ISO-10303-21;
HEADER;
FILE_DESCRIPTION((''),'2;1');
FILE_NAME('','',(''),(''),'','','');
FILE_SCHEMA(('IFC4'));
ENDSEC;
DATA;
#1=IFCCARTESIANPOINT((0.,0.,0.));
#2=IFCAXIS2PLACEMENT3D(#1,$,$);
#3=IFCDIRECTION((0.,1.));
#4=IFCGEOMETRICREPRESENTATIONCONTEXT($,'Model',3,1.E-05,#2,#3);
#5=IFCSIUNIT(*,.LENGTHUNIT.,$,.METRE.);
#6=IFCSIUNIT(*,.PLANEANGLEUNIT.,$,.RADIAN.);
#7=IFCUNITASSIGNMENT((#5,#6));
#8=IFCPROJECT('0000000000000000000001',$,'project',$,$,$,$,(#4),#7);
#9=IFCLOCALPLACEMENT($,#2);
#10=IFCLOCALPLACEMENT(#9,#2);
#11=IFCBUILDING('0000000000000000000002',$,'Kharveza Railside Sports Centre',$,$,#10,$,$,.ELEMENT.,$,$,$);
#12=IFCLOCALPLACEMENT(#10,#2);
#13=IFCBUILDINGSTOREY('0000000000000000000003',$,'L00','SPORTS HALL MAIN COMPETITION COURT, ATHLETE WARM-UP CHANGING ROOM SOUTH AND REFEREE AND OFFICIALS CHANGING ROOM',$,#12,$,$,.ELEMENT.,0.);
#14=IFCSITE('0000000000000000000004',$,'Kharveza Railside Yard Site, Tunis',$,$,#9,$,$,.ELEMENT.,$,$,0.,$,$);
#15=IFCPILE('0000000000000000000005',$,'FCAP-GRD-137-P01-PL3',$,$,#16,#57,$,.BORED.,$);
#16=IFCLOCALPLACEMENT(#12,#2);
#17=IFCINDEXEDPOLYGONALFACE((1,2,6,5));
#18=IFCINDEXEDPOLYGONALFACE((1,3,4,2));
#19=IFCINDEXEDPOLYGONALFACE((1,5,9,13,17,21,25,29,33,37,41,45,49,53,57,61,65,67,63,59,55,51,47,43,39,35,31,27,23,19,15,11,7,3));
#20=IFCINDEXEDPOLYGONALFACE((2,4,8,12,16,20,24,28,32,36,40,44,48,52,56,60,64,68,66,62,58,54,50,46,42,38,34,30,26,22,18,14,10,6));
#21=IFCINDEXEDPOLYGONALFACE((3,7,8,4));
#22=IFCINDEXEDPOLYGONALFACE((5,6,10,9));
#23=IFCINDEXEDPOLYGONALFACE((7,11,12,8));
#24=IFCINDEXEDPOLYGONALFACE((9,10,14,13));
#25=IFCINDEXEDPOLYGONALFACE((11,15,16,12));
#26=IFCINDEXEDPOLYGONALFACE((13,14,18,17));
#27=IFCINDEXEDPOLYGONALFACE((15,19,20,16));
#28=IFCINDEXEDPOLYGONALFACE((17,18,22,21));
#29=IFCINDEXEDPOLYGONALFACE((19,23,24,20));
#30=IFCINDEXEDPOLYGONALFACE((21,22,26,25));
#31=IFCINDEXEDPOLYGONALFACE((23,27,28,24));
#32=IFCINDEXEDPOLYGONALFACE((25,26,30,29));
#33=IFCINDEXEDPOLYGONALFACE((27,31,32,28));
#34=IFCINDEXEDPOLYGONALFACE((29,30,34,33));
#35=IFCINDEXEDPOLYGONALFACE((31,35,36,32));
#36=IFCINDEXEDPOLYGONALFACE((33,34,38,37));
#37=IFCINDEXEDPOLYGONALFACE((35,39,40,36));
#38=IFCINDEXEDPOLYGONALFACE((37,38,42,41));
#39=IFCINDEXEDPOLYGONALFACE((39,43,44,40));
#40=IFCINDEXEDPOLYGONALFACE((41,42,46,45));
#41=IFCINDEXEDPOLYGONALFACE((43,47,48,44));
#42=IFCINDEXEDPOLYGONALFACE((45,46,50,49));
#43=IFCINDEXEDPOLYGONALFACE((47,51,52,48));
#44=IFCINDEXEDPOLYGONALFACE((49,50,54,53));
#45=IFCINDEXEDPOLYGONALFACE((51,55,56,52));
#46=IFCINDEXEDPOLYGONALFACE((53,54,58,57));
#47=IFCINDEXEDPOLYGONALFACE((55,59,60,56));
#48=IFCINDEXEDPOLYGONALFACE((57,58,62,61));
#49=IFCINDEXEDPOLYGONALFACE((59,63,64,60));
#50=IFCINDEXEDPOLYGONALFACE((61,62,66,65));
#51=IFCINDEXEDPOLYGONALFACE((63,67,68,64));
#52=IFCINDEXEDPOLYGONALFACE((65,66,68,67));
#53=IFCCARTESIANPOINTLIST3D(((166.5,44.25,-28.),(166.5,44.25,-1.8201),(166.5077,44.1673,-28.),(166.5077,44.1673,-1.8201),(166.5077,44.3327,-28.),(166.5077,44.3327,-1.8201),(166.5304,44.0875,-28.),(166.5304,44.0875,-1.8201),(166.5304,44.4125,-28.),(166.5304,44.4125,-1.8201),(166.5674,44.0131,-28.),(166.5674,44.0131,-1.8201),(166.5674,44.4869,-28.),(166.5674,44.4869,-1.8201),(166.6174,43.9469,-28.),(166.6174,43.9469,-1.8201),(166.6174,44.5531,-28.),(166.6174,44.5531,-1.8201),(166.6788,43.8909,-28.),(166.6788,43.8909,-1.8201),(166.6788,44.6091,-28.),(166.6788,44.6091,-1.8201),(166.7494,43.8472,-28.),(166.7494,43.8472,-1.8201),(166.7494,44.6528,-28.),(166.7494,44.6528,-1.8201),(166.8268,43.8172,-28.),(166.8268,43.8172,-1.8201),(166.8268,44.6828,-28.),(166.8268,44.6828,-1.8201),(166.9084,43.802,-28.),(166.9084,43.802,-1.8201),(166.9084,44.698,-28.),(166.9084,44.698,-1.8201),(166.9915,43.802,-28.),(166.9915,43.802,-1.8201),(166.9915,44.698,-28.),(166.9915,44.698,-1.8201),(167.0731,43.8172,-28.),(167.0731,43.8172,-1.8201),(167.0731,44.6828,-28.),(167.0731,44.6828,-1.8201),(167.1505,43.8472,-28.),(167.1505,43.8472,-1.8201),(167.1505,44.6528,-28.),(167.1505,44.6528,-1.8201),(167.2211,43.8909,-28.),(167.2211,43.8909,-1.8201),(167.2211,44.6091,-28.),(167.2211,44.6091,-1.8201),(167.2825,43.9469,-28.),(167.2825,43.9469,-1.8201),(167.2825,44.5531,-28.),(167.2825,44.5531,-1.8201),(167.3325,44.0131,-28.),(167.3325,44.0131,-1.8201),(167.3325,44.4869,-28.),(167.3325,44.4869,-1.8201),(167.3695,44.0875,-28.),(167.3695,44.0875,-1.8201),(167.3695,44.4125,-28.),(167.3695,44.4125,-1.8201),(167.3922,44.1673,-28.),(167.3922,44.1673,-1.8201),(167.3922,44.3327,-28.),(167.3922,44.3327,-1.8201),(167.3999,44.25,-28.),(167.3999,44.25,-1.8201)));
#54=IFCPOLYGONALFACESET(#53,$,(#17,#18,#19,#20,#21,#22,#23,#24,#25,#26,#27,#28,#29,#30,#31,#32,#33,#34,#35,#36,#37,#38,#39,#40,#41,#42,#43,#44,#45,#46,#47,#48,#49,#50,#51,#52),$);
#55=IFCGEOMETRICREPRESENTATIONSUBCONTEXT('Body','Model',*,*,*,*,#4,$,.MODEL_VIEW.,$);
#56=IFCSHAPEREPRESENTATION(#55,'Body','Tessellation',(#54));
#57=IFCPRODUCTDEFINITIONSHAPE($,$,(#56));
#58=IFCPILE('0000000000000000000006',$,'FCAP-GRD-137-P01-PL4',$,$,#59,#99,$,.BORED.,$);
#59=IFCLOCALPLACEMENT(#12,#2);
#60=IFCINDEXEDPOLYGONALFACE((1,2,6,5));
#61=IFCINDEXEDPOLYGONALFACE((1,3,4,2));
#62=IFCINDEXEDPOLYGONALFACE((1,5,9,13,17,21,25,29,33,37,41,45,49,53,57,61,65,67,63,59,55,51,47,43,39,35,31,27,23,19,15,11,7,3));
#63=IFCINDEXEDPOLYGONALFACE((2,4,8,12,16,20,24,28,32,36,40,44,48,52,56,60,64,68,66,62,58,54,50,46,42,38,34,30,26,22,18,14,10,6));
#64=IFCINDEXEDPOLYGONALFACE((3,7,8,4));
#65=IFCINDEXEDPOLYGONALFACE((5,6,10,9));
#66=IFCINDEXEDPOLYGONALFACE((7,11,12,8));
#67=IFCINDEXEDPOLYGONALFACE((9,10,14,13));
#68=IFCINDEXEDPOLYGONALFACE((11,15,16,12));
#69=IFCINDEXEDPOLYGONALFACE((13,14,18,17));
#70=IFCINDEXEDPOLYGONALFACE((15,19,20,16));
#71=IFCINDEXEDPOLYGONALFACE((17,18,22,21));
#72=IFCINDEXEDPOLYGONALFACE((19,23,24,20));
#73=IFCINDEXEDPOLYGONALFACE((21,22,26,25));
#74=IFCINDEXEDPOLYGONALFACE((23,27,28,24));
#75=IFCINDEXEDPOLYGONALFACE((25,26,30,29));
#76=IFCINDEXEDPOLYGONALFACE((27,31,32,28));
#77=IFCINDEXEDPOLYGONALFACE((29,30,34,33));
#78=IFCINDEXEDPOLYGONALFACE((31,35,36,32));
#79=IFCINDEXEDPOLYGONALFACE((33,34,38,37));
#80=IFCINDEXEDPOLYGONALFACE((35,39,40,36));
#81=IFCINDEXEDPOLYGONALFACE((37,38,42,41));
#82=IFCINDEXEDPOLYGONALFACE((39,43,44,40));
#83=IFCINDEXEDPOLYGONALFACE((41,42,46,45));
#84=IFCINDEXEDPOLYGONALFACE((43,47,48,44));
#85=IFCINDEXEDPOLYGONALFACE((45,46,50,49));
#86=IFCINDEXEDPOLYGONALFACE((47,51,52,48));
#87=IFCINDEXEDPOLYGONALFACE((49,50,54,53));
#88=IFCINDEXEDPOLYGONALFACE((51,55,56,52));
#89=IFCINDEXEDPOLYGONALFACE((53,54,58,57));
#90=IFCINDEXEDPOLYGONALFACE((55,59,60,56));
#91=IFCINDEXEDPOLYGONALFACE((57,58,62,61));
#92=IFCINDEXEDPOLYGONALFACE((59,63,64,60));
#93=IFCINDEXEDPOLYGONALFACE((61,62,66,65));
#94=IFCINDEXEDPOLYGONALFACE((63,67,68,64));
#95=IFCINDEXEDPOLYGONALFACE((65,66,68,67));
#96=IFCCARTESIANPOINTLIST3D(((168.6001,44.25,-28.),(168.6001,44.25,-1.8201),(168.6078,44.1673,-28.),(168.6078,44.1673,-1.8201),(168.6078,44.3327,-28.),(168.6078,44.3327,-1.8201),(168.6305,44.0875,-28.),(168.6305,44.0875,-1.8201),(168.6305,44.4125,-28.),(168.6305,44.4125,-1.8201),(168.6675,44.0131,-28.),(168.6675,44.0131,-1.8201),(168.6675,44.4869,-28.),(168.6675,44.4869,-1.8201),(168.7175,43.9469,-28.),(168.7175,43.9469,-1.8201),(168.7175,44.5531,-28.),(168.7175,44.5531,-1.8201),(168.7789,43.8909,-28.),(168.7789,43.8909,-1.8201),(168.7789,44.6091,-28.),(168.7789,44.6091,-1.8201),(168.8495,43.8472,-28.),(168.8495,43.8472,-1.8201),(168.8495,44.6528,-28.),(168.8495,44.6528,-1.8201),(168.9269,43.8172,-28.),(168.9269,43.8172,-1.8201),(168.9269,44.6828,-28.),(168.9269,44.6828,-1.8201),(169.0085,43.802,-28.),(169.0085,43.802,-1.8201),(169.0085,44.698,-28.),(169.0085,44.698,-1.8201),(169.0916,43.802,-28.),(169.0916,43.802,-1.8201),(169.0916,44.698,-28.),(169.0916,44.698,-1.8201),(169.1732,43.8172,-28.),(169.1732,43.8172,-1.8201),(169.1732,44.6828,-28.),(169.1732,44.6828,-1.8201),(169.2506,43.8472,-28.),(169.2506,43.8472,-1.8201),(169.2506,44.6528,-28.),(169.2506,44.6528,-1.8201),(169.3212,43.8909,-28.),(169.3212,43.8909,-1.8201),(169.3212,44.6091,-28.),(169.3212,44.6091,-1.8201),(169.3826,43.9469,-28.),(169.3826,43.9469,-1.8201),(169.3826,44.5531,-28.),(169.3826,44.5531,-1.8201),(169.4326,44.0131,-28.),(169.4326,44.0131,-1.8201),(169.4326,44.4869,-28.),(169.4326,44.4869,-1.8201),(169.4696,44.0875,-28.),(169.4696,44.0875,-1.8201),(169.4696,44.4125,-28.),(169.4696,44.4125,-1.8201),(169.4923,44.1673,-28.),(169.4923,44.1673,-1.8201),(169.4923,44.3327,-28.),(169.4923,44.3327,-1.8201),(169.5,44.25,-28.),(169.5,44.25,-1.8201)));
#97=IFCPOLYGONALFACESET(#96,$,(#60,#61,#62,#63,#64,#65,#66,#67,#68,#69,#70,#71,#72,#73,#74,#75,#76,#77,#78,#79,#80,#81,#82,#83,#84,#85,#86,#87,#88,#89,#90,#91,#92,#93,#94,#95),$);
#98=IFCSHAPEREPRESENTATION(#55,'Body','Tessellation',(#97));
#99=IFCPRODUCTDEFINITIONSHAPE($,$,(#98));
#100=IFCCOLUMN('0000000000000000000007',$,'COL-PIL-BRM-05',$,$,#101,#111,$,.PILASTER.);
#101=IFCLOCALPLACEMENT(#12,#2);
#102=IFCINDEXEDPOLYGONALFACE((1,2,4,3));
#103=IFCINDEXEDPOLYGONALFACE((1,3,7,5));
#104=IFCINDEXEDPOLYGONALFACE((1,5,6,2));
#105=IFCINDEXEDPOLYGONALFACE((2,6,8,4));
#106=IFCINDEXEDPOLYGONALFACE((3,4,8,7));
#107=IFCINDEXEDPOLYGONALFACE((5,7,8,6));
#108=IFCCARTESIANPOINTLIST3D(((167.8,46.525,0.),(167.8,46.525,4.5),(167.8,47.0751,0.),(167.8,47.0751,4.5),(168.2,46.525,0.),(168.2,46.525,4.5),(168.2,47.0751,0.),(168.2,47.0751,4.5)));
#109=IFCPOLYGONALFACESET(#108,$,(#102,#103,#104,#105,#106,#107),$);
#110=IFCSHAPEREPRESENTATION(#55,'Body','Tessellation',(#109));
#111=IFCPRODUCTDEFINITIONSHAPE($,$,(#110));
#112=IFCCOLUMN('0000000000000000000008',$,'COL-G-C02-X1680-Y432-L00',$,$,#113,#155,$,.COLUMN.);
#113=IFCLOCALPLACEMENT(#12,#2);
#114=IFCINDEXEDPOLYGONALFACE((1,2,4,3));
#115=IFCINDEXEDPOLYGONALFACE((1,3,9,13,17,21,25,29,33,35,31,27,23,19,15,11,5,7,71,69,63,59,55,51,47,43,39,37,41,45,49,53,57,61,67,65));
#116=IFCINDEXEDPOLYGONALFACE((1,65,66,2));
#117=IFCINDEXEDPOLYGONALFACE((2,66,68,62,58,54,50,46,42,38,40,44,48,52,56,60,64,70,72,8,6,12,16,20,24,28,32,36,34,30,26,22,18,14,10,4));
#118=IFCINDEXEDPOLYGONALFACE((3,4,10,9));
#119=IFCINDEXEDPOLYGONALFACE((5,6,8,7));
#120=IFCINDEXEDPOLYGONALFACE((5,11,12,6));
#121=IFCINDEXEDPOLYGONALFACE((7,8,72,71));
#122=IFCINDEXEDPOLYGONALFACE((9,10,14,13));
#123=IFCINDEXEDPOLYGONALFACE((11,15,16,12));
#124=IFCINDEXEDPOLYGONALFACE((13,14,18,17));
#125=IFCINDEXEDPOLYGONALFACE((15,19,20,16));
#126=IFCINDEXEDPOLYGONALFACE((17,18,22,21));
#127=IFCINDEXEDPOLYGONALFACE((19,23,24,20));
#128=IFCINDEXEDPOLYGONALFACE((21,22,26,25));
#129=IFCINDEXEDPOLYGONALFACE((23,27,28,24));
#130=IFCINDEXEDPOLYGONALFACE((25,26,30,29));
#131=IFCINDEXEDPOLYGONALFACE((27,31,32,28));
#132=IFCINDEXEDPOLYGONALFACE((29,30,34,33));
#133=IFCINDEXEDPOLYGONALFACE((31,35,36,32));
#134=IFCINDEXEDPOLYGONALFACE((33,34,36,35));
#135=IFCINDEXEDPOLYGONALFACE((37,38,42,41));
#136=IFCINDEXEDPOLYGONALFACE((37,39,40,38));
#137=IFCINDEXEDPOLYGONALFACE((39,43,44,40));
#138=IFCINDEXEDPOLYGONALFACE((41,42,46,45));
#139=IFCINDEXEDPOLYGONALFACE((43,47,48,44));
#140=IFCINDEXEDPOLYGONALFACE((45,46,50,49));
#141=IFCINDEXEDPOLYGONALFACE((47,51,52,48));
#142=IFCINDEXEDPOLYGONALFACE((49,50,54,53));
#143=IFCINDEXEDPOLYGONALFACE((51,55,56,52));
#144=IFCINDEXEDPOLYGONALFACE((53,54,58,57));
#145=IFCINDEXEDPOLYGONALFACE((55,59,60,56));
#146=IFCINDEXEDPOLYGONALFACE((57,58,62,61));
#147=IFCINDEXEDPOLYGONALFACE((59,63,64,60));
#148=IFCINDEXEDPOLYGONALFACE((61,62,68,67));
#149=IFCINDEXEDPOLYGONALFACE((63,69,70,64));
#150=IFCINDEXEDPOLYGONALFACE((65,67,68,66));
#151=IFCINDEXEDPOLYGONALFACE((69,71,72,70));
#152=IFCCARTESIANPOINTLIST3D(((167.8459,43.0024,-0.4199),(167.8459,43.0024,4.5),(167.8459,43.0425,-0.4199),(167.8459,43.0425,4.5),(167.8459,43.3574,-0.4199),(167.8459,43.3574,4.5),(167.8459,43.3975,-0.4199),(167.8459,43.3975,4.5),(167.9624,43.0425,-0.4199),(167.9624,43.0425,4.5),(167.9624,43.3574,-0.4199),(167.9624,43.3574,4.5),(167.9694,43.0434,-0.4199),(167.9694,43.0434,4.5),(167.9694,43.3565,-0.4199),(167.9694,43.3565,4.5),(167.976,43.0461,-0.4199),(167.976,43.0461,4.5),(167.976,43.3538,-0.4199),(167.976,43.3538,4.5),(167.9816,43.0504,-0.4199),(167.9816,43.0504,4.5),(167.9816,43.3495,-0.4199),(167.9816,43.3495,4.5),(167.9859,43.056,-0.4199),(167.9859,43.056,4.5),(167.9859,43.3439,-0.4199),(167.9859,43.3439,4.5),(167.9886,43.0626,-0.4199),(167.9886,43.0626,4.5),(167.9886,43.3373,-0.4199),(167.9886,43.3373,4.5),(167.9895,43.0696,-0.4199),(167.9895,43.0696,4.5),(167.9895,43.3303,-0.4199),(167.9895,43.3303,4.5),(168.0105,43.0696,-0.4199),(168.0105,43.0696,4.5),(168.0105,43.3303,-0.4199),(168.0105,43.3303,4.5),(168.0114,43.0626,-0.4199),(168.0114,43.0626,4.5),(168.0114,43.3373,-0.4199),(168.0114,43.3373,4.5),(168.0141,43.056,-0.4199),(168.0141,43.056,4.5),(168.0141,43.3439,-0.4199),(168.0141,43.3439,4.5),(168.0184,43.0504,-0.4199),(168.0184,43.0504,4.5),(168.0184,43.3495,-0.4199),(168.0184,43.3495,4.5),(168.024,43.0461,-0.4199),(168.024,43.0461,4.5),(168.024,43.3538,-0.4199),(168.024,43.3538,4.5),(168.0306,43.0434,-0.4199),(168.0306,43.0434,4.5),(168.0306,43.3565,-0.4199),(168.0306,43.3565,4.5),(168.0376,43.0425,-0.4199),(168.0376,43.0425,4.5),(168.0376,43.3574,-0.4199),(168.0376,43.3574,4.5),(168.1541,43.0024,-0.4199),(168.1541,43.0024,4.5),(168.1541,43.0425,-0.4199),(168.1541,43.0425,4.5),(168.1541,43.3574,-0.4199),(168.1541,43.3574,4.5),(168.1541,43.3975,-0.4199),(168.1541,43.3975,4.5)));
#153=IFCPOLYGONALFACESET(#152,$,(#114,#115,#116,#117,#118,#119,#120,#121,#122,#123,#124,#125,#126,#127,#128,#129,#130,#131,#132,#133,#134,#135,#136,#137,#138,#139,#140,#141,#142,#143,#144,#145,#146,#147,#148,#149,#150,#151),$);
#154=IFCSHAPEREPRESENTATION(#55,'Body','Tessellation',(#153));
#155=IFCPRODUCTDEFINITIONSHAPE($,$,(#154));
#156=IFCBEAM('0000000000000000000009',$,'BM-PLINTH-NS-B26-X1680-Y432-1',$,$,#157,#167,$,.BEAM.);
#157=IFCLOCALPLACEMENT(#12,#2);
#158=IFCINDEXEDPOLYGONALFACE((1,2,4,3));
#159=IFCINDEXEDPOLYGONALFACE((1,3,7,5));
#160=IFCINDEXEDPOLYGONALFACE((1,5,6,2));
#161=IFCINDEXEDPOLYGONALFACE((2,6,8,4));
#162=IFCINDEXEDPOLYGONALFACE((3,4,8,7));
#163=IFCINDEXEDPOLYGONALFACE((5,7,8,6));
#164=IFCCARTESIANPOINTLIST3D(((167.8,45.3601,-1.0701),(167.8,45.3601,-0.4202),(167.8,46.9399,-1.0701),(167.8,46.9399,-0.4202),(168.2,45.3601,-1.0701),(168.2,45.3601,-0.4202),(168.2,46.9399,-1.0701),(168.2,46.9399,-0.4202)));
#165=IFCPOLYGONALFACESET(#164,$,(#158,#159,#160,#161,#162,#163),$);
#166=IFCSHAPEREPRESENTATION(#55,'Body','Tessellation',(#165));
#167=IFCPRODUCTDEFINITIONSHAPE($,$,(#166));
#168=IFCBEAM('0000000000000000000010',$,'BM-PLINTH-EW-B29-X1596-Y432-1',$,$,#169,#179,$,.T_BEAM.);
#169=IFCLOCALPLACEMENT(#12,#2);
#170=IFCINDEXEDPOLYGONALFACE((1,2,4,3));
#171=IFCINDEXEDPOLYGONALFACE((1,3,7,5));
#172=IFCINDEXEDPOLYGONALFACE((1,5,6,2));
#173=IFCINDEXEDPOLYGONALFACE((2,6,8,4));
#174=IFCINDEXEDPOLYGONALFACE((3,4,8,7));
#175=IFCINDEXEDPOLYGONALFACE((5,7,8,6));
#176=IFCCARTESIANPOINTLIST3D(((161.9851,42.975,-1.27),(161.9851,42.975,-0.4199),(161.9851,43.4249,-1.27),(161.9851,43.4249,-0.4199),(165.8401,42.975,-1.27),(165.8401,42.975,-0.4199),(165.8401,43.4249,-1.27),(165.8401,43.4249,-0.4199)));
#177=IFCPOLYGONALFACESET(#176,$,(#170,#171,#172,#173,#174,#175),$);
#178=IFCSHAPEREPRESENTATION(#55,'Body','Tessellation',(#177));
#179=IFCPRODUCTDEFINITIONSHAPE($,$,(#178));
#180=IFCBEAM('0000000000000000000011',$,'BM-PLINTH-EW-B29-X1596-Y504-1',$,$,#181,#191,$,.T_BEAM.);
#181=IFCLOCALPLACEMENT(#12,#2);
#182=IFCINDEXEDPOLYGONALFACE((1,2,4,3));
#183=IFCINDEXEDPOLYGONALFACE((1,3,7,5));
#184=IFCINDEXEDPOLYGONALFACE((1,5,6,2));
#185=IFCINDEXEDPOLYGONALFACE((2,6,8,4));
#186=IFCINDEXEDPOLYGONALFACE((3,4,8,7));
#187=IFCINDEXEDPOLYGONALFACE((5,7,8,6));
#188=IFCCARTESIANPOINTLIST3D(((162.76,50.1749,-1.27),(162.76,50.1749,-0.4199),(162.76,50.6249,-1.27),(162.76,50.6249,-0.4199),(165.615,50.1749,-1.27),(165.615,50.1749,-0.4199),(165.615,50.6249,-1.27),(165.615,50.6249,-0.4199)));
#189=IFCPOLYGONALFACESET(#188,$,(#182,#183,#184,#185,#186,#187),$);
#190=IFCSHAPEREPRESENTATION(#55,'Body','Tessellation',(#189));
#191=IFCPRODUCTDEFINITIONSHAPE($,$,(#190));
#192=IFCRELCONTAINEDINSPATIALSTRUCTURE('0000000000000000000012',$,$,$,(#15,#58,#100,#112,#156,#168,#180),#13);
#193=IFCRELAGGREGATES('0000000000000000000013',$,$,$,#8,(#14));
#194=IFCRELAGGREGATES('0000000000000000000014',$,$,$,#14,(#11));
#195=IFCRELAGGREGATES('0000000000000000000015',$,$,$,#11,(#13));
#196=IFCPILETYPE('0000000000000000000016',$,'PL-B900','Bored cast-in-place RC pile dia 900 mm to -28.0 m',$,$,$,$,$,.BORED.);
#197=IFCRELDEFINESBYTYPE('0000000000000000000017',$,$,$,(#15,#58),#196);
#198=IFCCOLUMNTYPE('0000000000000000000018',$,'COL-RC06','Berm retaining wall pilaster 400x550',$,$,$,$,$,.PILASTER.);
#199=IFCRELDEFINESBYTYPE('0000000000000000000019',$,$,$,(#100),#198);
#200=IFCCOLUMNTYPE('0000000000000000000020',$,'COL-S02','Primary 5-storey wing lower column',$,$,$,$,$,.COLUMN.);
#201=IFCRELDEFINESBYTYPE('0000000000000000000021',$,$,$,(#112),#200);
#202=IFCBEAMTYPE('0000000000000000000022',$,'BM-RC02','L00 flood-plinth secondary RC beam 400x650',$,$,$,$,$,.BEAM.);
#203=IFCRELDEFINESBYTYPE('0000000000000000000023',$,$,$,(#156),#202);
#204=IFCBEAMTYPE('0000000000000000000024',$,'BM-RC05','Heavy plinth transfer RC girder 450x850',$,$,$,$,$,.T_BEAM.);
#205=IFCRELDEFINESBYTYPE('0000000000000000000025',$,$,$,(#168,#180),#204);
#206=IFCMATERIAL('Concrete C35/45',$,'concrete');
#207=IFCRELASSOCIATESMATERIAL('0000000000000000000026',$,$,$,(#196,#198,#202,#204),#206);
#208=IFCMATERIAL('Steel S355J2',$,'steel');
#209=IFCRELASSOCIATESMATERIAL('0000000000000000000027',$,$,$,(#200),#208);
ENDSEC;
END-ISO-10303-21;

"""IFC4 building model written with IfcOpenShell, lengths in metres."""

from ifc_helpers import new_model, si_unit, direction, frame, origin, origin_2d, place, context, subcontext, project, spatial, rectangle, circle, i_section, extrude, material, material_profile, profile_set, type_object, element, save


model = new_model("IFC4")

# Units and contexts
model_context = context("Model", 3, precision=1e-05, world=origin(), true_north=direction((0.0, 1.0)))
body_context = subcontext(model_context, "Body", "Model", "MODEL_VIEW")
ifc_project = project(units=[si_unit("LENGTHUNIT", "METRE"), si_unit("PLANEANGLEUNIT", "RADIAN")], contexts=[model_context])

# Site, building, storey
site_placement = place(None, origin())
site = spatial("IfcSite", under=ifc_project, at=site_placement, Name="Kharveza Railside Yard Site, Tunis", CompositionType="ELEMENT", RefElevation=0.0)
building_placement = place(site_placement, origin())
building = spatial("IfcBuilding", under=site, at=building_placement, Name="Kharveza Railside Sports Centre", CompositionType="ELEMENT")
storey_placement = place(building_placement, origin())
storey = spatial("IfcBuildingStorey", under=building, at=storey_placement, Name="L00", Description="SPORTS HALL MAIN COMPETITION COURT, ATHLETE WARM-UP CHANGING ROOM SOUTH AND REFEREE AND OFFICIALS CHANGING ROOM", CompositionType="ELEMENT", Elevation=0.0)

# Shared definitions
ifc_material_1 = material(Name="Concrete C35/45", Category="concrete")

# Piles
ifc_material_profile_1 = material_profile(ifc_material_1, circle(Radius=0.45, at=origin_2d()), Name="PILE D900")
ifc_profile_set_1 = profile_set([ifc_material_profile_1], Name="Concrete C35/45")
pile_type_1 = type_object("IfcPileType", Name="PL-B900", Description="Bored cast-in-place RC pile dia 900 mm to -28.0 m", PredefinedType="BORED", material=ifc_profile_set_1)
for number, where, z_axis, x_axis, name in (
    (1, (166.95, 44.25, -1.8201), (0.0, 0.0, -1.0), (1.0, 0.0, 0.0), "FCAP-GRD-137-P01-PL3"),
    (2, (169.05, 44.25, -1.8201), (0.0, 0.0, -1.0), (1.0, 0.0, 0.0), "FCAP-GRD-137-P01-PL4"),
):
    element("IfcPile", number, at=place(storey_placement, frame(where, z_axis=z_axis, x_axis=x_axis)), inside=storey, type_object=pile_type_1, Name=name, PredefinedType="BORED", context=body_context, shape_type="SweptSolid", body=[
        extrude(circle(Radius=0.45, at=origin_2d()), origin(), (0.0, 0.0, 1.0), 26.1799),
    ])

# Columns
ifc_material_profile_2 = material_profile(ifc_material_1, rectangle(XDim=0.3999, YDim=0.55, at=origin_2d()), Name="RC 400x550")
ifc_profile_set_2 = profile_set([ifc_material_profile_2], Name="Concrete C35/45")
column_type_1 = type_object("IfcColumnType", Name="COL-RC06", Description="Berm retaining wall pilaster 400x550", PredefinedType="PILASTER", material=ifc_profile_set_2)
column_1_placement = place(storey_placement, frame((168.0, 46.8, 0.0), z_axis=(0.0, 0.0, 1.0), x_axis=(1.0, 0.0, 0.0)))
element("IfcColumn", 3, at=column_1_placement, inside=storey, type_object=column_type_1, Name="COL-PIL-BRM-05", PredefinedType="PILASTER", context=body_context, shape_type="SweptSolid", body=[
    extrude(rectangle(XDim=0.3999, YDim=0.55, at=origin_2d()), origin(), (0.0, 0.0, 1.0), 4.5),
])
ifc_material_2 = material(Name="Steel S355J2", Category="steel")
ifc_material_profile_3 = material_profile(ifc_material_2, i_section(OverallWidth=0.3081, OverallDepth=0.395, WebThickness=0.021, FlangeThickness=0.04, FilletRadius=0.0271, at=origin_2d()), Name="HEM 360")
ifc_profile_set_3 = profile_set([ifc_material_profile_3], Name="Steel S355J2")
column_type_2 = type_object("IfcColumnType", Name="COL-S02", Description="Primary 5-storey wing lower column", PredefinedType="COLUMN", material=ifc_profile_set_3)
column_2_placement = place(storey_placement, frame((168.0, 43.2, -0.4199), z_axis=(0.0, 0.0, 1.0), x_axis=(1.0, 0.0, 0.0)))
element("IfcColumn", 4, at=column_2_placement, inside=storey, type_object=column_type_2, Name="COL-G-C02-X1680-Y432-L00", PredefinedType="COLUMN", context=body_context, shape_type="SweptSolid", body=[
    extrude(i_section(OverallWidth=0.3081, OverallDepth=0.395, WebThickness=0.021, FlangeThickness=0.04, FilletRadius=0.0271, at=origin_2d()), origin(), (0.0, 0.0, 1.0), 4.9199),
])

# Beams
ifc_material_profile_4 = material_profile(ifc_material_1, rectangle(XDim=0.3999, YDim=0.6499, at=origin_2d()), Name="RCB 400x650")
ifc_profile_set_4 = profile_set([ifc_material_profile_4], Name="Concrete C35/45")
beam_type_1 = type_object("IfcBeamType", Name="BM-RC02", Description="L00 flood-plinth secondary RC beam 400x650", PredefinedType="BEAM", material=ifc_profile_set_4)
beam_1_placement = place(storey_placement, frame((168.0, 45.3601, -0.7451), z_axis=(0.0, 1.0, 0.0), x_axis=(-1.0, 0.0, 0.0)))
element("IfcBeam", 5, at=beam_1_placement, inside=storey, type_object=beam_type_1, Name="BM-PLINTH-NS-B26-X1680-Y432-1", PredefinedType="BEAM", context=body_context, shape_type="SweptSolid", body=[
    extrude(rectangle(XDim=0.3999, YDim=0.6499, at=origin_2d()), origin(), (0.0, 0.0, 1.0), 1.5798),
])
ifc_material_profile_5 = material_profile(ifc_material_1, rectangle(XDim=0.45, YDim=0.8501, at=origin_2d()), Name="RCB 450x850")
ifc_profile_set_5 = profile_set([ifc_material_profile_5], Name="Concrete C35/45")
beam_type_2 = type_object("IfcBeamType", Name="BM-RC05", Description="Heavy plinth transfer RC girder 450x850", PredefinedType="T_BEAM", material=ifc_profile_set_5)
beam_2_placement = place(storey_placement, frame((161.9851, 43.2, -0.845), z_axis=(1.0, 0.0, 0.0), x_axis=(0.0, 1.0, 0.0)))
element("IfcBeam", 6, at=beam_2_placement, inside=storey, type_object=beam_type_2, Name="BM-PLINTH-EW-B29-X1596-Y432-1", PredefinedType="T_BEAM", context=body_context, shape_type="SweptSolid", body=[
    extrude(rectangle(XDim=0.45, YDim=0.8501, at=origin_2d()), origin(), (0.0, 0.0, 1.0), 3.855),
])
beam_3_placement = place(storey_placement, frame((162.76, 50.3999, -0.845), z_axis=(1.0, 0.0, 0.0), x_axis=(0.0, 1.0, 0.0)))
element("IfcBeam", 7, at=beam_3_placement, inside=storey, type_object=beam_type_2, Name="BM-PLINTH-EW-B29-X1596-Y504-1", PredefinedType="T_BEAM", context=body_context, shape_type="SweptSolid", body=[
    extrude(rectangle(XDim=0.45, YDim=0.8501, at=origin_2d()), origin(), (0.0, 0.0, 1.0), 2.855),
])

save(model, "model.ifc")
